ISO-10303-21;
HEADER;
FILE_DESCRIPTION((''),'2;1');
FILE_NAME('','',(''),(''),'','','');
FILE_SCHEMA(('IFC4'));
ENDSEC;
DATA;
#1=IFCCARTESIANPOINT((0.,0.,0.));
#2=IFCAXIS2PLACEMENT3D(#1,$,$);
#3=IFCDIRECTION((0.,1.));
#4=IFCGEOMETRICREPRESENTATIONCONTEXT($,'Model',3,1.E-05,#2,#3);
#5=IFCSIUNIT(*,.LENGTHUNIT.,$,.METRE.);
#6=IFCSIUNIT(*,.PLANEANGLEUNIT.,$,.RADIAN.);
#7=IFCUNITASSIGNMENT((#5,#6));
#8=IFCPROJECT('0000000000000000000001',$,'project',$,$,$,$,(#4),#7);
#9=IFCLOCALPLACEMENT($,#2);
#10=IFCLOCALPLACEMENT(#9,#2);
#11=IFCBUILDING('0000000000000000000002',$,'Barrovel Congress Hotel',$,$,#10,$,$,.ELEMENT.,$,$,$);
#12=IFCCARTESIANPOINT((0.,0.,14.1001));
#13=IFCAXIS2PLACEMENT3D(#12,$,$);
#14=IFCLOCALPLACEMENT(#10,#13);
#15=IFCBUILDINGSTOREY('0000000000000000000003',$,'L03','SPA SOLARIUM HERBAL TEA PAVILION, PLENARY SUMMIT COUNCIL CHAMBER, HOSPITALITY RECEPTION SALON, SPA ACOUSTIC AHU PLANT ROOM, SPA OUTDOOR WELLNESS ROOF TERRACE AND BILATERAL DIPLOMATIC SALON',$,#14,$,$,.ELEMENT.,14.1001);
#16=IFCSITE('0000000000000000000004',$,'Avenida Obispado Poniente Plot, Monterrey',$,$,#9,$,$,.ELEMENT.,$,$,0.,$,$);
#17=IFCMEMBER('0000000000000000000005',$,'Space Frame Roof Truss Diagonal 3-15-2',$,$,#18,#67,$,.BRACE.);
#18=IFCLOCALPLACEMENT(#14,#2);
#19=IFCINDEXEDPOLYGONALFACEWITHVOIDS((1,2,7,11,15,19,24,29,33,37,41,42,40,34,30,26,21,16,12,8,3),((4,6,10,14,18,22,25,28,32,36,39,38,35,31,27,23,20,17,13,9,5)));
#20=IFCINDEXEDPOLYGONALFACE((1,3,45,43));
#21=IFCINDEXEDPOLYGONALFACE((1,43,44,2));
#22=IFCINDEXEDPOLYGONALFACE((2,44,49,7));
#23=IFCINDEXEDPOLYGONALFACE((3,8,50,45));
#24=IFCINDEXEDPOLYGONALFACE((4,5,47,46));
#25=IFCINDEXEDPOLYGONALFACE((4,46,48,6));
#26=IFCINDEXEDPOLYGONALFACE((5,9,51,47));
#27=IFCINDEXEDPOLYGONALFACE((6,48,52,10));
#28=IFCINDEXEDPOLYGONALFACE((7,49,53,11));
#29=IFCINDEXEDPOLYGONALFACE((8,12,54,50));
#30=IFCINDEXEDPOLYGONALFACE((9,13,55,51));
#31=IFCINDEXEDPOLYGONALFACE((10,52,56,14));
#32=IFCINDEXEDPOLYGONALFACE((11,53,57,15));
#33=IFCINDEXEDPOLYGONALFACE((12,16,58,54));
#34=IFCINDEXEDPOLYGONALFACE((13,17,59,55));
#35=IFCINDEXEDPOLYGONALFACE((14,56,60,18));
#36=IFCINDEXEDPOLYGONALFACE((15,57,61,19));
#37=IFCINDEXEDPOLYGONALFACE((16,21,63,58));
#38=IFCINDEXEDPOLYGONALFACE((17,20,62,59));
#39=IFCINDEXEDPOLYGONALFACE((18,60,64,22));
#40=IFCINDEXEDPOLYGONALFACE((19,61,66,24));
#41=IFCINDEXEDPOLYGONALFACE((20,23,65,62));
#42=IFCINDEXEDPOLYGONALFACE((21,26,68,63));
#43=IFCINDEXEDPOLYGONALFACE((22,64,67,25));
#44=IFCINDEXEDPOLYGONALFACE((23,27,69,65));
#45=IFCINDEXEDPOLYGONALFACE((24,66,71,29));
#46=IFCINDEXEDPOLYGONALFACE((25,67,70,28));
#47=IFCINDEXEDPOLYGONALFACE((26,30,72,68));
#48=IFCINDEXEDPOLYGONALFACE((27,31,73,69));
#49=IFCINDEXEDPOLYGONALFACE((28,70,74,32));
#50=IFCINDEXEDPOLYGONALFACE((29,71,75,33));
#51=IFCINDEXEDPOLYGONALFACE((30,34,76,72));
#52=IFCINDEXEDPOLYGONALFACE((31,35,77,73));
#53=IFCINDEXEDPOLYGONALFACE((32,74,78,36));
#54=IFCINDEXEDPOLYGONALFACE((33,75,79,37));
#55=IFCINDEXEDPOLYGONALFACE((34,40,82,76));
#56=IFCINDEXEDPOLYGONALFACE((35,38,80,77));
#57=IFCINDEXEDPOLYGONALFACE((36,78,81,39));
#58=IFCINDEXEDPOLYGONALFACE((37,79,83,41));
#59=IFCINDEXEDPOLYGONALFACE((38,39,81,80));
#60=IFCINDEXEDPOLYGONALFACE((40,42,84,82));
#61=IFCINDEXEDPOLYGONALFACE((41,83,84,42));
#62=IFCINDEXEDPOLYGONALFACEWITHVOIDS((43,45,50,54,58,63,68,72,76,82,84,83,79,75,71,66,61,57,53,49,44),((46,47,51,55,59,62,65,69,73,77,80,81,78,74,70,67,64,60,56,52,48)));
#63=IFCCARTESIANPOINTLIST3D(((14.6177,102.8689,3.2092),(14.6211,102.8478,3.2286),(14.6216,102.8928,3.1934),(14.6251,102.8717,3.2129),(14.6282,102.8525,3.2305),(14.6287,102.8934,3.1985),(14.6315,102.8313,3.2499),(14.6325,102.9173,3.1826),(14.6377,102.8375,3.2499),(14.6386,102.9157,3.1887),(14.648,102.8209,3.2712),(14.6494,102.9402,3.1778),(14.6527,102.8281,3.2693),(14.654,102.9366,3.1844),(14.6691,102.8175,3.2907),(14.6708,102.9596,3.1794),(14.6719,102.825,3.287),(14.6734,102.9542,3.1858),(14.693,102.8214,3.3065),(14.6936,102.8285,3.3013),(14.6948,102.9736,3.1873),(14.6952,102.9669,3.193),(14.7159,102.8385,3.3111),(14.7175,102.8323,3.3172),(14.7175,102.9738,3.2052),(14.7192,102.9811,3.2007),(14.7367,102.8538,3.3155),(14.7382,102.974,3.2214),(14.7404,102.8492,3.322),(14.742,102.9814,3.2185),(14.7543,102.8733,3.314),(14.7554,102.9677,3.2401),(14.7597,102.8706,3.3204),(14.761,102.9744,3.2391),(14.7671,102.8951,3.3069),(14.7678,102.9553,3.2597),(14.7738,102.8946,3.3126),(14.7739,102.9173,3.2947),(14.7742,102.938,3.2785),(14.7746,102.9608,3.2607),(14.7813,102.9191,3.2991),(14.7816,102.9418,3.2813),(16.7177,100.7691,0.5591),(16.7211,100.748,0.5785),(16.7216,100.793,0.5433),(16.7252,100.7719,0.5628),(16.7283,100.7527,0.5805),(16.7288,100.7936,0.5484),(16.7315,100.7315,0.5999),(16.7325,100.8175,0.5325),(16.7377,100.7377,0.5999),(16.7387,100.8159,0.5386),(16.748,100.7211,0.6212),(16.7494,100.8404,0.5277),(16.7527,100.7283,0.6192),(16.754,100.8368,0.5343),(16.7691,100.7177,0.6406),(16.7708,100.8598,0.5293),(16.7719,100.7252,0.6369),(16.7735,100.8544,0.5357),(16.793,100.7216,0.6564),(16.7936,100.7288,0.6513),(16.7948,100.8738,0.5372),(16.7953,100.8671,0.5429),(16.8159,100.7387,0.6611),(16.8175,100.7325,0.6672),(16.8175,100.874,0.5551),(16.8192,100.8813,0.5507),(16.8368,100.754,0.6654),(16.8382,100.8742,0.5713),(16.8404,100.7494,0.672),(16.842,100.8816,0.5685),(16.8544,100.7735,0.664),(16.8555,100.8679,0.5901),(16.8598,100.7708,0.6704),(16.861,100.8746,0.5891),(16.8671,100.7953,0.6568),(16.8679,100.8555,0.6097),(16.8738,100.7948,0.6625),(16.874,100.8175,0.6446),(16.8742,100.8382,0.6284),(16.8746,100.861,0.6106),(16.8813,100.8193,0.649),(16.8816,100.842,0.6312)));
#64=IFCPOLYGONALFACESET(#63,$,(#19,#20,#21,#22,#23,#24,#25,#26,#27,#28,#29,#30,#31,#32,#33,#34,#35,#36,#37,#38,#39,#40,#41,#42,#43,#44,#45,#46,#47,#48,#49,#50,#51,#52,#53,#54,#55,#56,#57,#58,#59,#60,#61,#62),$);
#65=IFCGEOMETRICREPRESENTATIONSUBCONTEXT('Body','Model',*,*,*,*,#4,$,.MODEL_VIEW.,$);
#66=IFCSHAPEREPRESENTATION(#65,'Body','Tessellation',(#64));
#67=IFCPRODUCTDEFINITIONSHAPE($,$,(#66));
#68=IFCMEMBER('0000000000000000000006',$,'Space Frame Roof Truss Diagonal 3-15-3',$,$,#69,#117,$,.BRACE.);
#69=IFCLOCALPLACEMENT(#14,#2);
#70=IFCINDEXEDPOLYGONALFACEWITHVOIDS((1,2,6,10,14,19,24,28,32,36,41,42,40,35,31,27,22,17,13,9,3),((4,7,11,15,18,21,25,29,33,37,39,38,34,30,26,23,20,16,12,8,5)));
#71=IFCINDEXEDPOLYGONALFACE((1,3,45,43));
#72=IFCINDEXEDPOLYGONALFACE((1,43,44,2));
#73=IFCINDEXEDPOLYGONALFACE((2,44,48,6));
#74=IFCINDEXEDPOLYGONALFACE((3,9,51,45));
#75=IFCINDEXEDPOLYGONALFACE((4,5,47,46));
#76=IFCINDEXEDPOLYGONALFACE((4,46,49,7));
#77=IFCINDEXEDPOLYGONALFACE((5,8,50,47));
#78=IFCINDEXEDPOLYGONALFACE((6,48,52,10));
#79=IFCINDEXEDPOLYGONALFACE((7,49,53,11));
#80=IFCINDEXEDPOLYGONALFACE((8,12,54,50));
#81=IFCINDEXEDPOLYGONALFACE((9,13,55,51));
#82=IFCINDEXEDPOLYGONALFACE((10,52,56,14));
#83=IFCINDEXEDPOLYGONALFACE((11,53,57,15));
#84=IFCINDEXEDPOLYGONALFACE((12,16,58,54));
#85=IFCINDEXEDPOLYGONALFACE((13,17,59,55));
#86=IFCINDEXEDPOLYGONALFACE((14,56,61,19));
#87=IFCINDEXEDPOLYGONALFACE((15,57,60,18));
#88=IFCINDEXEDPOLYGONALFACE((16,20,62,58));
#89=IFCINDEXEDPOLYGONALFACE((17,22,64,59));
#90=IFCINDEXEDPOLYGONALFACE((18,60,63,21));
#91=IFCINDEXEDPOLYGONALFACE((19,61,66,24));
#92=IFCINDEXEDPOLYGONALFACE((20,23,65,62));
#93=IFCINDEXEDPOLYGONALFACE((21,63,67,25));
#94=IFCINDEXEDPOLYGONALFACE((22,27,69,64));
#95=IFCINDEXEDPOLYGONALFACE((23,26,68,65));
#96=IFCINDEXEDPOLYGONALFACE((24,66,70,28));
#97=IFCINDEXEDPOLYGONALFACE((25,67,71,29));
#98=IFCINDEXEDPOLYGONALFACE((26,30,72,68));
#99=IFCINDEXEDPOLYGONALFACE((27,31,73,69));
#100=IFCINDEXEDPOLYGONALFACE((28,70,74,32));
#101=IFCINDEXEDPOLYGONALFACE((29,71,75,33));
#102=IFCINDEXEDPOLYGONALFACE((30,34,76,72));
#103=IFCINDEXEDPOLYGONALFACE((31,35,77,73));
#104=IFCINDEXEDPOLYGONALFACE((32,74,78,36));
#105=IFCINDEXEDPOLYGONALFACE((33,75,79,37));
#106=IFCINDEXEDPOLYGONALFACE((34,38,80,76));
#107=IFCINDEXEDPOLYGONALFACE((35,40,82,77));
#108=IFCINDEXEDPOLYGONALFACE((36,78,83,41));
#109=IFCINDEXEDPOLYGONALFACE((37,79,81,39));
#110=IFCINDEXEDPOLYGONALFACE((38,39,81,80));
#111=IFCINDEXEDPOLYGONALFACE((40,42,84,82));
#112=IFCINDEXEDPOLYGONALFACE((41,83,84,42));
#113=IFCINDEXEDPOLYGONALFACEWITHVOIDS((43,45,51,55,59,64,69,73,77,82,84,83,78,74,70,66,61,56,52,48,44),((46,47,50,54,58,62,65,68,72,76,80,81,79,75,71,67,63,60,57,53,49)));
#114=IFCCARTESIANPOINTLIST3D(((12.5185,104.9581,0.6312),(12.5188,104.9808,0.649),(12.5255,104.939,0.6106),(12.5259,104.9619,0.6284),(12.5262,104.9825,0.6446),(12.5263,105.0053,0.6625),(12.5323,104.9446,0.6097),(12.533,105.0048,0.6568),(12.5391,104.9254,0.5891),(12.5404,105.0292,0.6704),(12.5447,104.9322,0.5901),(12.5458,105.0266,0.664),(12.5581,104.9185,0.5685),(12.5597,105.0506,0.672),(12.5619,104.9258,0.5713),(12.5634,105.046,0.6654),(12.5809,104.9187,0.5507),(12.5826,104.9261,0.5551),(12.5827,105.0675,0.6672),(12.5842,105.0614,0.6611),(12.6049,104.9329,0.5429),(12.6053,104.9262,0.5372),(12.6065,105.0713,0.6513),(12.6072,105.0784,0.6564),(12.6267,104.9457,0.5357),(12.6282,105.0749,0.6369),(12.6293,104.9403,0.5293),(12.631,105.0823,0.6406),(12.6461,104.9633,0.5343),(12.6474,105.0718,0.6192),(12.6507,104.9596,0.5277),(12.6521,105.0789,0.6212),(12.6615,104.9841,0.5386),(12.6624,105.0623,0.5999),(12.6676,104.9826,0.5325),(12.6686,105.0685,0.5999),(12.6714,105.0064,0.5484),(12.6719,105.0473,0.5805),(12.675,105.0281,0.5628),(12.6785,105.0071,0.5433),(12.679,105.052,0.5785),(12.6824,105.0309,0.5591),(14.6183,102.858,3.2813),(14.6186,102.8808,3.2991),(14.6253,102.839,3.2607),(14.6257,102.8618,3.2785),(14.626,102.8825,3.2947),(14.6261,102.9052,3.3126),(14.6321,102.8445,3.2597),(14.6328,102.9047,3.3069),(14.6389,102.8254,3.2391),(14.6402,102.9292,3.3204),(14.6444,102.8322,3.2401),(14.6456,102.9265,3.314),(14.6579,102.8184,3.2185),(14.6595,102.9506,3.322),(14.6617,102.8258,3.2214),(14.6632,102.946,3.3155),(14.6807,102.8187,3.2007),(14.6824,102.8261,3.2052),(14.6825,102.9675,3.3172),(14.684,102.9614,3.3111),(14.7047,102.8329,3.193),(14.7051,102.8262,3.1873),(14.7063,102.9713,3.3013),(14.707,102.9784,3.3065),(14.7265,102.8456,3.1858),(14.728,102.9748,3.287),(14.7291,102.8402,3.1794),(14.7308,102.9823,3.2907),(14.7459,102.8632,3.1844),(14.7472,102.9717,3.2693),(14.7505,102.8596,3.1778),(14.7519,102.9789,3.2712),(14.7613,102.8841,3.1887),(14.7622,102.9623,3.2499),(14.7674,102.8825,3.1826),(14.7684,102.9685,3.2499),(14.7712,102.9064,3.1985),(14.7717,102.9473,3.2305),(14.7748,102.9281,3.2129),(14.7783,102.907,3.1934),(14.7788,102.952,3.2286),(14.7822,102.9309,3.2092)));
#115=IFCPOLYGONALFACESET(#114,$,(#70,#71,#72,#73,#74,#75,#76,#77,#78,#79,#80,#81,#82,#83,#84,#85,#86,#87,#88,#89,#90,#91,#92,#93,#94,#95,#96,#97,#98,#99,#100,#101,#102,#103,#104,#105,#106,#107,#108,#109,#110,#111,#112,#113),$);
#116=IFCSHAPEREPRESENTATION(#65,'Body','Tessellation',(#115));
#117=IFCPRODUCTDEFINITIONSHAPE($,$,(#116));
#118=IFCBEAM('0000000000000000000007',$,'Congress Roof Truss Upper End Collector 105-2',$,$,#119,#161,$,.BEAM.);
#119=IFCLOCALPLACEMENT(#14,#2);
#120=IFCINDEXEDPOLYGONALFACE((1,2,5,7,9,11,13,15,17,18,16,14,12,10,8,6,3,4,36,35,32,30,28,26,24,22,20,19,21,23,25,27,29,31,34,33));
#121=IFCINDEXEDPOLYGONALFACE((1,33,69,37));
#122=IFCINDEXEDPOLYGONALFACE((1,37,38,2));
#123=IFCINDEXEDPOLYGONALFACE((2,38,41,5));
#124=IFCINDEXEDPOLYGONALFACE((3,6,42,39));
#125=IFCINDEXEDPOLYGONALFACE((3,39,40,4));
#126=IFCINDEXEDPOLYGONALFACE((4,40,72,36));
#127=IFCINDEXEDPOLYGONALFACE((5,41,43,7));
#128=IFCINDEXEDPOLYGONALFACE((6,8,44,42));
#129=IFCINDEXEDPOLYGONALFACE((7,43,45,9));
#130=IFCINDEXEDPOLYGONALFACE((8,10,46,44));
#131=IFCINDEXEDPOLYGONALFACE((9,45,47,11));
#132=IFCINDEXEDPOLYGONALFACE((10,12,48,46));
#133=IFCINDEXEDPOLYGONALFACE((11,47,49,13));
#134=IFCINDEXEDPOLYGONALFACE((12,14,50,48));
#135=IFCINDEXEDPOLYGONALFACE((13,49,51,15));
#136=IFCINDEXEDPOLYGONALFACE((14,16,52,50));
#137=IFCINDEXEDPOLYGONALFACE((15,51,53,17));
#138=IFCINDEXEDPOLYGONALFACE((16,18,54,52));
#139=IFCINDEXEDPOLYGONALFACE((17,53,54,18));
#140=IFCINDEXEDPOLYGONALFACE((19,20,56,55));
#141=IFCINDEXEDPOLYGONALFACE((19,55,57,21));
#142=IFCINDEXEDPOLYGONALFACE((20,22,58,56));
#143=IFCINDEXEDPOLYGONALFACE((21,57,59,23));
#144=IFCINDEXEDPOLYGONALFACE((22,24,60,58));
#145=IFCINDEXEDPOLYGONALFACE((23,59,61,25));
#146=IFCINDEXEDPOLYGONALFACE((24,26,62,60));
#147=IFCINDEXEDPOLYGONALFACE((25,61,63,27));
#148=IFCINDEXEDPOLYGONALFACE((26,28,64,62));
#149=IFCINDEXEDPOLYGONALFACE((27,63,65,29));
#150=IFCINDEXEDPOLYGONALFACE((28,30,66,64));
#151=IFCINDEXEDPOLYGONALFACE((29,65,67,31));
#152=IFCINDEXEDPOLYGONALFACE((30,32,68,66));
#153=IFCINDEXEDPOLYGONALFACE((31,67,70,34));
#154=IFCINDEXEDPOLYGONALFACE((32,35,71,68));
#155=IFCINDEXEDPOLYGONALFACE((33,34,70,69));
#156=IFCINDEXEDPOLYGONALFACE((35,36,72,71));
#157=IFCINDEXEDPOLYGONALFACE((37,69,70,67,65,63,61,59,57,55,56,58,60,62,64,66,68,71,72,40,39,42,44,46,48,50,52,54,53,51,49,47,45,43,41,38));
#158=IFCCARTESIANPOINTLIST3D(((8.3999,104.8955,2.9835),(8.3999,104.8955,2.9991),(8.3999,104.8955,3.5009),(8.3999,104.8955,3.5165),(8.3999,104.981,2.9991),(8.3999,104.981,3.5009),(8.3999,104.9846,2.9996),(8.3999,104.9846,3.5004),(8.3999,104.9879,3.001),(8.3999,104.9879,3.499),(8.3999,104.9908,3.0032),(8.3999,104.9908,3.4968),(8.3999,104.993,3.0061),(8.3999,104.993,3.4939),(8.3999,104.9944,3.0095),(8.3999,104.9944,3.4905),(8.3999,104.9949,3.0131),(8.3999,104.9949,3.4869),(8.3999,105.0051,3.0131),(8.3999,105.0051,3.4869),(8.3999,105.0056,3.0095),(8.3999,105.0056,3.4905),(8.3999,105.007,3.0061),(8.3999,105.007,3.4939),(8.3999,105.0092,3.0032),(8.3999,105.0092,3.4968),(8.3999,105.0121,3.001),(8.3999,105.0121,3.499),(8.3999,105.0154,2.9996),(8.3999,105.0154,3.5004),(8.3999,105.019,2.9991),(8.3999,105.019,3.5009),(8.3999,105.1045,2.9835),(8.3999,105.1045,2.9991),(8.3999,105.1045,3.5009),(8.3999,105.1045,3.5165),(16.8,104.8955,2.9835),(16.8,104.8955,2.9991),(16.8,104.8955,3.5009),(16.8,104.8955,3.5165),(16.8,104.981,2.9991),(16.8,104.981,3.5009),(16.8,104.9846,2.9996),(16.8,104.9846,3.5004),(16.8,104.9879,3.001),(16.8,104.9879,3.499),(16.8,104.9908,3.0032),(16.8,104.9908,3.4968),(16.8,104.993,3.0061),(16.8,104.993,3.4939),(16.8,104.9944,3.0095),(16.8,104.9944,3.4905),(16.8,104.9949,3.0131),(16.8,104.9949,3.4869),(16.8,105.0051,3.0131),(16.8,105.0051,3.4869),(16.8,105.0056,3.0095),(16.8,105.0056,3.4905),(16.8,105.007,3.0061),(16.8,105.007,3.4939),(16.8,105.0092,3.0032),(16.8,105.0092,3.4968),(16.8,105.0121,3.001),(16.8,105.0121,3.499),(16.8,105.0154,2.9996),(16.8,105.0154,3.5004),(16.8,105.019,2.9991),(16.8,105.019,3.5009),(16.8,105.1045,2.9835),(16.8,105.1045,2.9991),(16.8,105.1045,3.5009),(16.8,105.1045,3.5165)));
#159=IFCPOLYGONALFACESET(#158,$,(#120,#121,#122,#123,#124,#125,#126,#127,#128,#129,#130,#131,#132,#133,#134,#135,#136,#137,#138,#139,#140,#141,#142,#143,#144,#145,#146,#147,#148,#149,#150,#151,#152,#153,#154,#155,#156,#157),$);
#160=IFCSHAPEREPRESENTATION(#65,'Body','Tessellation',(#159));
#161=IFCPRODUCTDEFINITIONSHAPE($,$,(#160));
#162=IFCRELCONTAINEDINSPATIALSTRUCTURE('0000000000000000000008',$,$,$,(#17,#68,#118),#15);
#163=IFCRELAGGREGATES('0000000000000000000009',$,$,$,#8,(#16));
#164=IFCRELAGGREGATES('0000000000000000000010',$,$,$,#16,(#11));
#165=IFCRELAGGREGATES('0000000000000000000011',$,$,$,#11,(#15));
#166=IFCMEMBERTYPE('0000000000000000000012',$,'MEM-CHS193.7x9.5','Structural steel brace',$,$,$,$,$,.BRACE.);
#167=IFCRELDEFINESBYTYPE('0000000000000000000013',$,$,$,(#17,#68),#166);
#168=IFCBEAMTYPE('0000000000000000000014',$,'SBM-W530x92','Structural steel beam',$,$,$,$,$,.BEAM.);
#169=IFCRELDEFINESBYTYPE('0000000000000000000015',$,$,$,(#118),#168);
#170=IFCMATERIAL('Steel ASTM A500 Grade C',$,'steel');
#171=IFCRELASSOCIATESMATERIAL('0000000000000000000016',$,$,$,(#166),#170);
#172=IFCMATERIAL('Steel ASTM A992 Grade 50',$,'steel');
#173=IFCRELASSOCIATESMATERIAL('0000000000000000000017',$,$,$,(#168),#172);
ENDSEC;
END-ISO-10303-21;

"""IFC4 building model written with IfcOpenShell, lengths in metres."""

from ifc_helpers import new_model, si_unit, direction, frame, origin, origin_2d, place, context, subcontext, project, spatial, hollow_circle, i_section, extrude, material, material_profile, profile_set, type_object, element, save


model = new_model("IFC4")

# Units and contexts
model_context = context("Model", 3, precision=1e-05, world=origin(), true_north=direction((0.0, 1.0)))
body_context = subcontext(model_context, "Body", "Model", "MODEL_VIEW")
ifc_project = project(units=[si_unit("LENGTHUNIT", "METRE"), si_unit("PLANEANGLEUNIT", "RADIAN")], contexts=[model_context])

# Site, building, storey
site_placement = place(None, origin())
site = spatial("IfcSite", under=ifc_project, at=site_placement, Name="Avenida Obispado Poniente Plot, Monterrey", CompositionType="ELEMENT", RefElevation=0.0)
building_placement = place(site_placement, origin())
building = spatial("IfcBuilding", under=site, at=building_placement, Name="Barrovel Congress Hotel", CompositionType="ELEMENT")
storey_placement = place(building_placement, frame((0.0, 0.0, 14.1001)))
storey = spatial("IfcBuildingStorey", under=building, at=storey_placement, Name="L03", Description="SPA SOLARIUM HERBAL TEA PAVILION, PLENARY SUMMIT COUNCIL CHAMBER, HOSPITALITY RECEPTION SALON, SPA ACOUSTIC AHU PLANT ROOM, SPA OUTDOOR WELLNESS ROOF TERRACE AND BILATERAL DIPLOMATIC SALON", CompositionType="ELEMENT", Elevation=14.1001)

# Members
ifc_material_1 = material(Name="Steel ASTM A500 Grade C", Category="steel")
ifc_material_profile_1 = material_profile(ifc_material_1, hollow_circle(Radius=0.0969, WallThickness=0.0088, at=origin_2d()), Name="CHS193.7x9.5")
ifc_profile_set_1 = profile_set([ifc_material_profile_1], Name="Steel ASTM A500 Grade C")
member_type_1 = type_object("IfcMemberType", Name="MEM-CHS193.7x9.5", Description="Structural steel brace", PredefinedType="BRACE", material=ifc_profile_set_1)
for number, where, z_axis, x_axis, name in (
    (1, (16.8, 100.8, 0.5999), (-0.527618, 0.527557, 0.66581), (-0.707066, -0.707148, 0.0), "Space Frame Roof Truss Diagonal 3-15-2"),
    (2, (12.6001, 105.0, 0.5999), (0.527557, -0.527618, 0.66581), (0.707148, 0.707066, 0.0), "Space Frame Roof Truss Diagonal 3-15-3"),
):
    element("IfcMember", number, at=place(storey_placement, frame(where, z_axis=z_axis, x_axis=x_axis)), inside=storey, type_object=member_type_1, Name=name, PredefinedType="BRACE", context=body_context, shape_type="SweptSolid", body=[
        extrude(hollow_circle(Radius=0.0969, WallThickness=0.0088, at=origin_2d()), origin(), (0.0, 0.0, 1.0), 3.9802),
    ])

# Beam
ifc_material_2 = material(Name="Steel ASTM A992 Grade 50", Category="steel")
ifc_material_profile_2 = material_profile(ifc_material_2, i_section(OverallWidth=0.209, OverallDepth=0.533, WebThickness=0.0103, FlangeThickness=0.0156, FilletRadius=0.0139, at=origin_2d()), Name="W530x92")
ifc_profile_set_2 = profile_set([ifc_material_profile_2], Name="Steel ASTM A992 Grade 50")
beam_type_1 = type_object("IfcBeamType", Name="SBM-W530x92", Description="Structural steel beam", PredefinedType="BEAM", material=ifc_profile_set_2)
beam_1_placement = place(storey_placement, frame((8.3999, 105.0, 3.25), z_axis=(1.0, 0.0, 0.0), x_axis=(0.0, 1.0, 0.0)))
element("IfcBeam", 3, at=beam_1_placement, inside=storey, type_object=beam_type_1, Name="Congress Roof Truss Upper End Collector 105-2", PredefinedType="BEAM", context=body_context, shape_type="SweptSolid", body=[
    extrude(i_section(OverallWidth=0.209, OverallDepth=0.533, WebThickness=0.0103, FlangeThickness=0.0156, FilletRadius=0.0139, at=origin_2d()), origin(), (0.0, 0.0, 1.0), 8.4001),
])

save(model, "model.ifc")
